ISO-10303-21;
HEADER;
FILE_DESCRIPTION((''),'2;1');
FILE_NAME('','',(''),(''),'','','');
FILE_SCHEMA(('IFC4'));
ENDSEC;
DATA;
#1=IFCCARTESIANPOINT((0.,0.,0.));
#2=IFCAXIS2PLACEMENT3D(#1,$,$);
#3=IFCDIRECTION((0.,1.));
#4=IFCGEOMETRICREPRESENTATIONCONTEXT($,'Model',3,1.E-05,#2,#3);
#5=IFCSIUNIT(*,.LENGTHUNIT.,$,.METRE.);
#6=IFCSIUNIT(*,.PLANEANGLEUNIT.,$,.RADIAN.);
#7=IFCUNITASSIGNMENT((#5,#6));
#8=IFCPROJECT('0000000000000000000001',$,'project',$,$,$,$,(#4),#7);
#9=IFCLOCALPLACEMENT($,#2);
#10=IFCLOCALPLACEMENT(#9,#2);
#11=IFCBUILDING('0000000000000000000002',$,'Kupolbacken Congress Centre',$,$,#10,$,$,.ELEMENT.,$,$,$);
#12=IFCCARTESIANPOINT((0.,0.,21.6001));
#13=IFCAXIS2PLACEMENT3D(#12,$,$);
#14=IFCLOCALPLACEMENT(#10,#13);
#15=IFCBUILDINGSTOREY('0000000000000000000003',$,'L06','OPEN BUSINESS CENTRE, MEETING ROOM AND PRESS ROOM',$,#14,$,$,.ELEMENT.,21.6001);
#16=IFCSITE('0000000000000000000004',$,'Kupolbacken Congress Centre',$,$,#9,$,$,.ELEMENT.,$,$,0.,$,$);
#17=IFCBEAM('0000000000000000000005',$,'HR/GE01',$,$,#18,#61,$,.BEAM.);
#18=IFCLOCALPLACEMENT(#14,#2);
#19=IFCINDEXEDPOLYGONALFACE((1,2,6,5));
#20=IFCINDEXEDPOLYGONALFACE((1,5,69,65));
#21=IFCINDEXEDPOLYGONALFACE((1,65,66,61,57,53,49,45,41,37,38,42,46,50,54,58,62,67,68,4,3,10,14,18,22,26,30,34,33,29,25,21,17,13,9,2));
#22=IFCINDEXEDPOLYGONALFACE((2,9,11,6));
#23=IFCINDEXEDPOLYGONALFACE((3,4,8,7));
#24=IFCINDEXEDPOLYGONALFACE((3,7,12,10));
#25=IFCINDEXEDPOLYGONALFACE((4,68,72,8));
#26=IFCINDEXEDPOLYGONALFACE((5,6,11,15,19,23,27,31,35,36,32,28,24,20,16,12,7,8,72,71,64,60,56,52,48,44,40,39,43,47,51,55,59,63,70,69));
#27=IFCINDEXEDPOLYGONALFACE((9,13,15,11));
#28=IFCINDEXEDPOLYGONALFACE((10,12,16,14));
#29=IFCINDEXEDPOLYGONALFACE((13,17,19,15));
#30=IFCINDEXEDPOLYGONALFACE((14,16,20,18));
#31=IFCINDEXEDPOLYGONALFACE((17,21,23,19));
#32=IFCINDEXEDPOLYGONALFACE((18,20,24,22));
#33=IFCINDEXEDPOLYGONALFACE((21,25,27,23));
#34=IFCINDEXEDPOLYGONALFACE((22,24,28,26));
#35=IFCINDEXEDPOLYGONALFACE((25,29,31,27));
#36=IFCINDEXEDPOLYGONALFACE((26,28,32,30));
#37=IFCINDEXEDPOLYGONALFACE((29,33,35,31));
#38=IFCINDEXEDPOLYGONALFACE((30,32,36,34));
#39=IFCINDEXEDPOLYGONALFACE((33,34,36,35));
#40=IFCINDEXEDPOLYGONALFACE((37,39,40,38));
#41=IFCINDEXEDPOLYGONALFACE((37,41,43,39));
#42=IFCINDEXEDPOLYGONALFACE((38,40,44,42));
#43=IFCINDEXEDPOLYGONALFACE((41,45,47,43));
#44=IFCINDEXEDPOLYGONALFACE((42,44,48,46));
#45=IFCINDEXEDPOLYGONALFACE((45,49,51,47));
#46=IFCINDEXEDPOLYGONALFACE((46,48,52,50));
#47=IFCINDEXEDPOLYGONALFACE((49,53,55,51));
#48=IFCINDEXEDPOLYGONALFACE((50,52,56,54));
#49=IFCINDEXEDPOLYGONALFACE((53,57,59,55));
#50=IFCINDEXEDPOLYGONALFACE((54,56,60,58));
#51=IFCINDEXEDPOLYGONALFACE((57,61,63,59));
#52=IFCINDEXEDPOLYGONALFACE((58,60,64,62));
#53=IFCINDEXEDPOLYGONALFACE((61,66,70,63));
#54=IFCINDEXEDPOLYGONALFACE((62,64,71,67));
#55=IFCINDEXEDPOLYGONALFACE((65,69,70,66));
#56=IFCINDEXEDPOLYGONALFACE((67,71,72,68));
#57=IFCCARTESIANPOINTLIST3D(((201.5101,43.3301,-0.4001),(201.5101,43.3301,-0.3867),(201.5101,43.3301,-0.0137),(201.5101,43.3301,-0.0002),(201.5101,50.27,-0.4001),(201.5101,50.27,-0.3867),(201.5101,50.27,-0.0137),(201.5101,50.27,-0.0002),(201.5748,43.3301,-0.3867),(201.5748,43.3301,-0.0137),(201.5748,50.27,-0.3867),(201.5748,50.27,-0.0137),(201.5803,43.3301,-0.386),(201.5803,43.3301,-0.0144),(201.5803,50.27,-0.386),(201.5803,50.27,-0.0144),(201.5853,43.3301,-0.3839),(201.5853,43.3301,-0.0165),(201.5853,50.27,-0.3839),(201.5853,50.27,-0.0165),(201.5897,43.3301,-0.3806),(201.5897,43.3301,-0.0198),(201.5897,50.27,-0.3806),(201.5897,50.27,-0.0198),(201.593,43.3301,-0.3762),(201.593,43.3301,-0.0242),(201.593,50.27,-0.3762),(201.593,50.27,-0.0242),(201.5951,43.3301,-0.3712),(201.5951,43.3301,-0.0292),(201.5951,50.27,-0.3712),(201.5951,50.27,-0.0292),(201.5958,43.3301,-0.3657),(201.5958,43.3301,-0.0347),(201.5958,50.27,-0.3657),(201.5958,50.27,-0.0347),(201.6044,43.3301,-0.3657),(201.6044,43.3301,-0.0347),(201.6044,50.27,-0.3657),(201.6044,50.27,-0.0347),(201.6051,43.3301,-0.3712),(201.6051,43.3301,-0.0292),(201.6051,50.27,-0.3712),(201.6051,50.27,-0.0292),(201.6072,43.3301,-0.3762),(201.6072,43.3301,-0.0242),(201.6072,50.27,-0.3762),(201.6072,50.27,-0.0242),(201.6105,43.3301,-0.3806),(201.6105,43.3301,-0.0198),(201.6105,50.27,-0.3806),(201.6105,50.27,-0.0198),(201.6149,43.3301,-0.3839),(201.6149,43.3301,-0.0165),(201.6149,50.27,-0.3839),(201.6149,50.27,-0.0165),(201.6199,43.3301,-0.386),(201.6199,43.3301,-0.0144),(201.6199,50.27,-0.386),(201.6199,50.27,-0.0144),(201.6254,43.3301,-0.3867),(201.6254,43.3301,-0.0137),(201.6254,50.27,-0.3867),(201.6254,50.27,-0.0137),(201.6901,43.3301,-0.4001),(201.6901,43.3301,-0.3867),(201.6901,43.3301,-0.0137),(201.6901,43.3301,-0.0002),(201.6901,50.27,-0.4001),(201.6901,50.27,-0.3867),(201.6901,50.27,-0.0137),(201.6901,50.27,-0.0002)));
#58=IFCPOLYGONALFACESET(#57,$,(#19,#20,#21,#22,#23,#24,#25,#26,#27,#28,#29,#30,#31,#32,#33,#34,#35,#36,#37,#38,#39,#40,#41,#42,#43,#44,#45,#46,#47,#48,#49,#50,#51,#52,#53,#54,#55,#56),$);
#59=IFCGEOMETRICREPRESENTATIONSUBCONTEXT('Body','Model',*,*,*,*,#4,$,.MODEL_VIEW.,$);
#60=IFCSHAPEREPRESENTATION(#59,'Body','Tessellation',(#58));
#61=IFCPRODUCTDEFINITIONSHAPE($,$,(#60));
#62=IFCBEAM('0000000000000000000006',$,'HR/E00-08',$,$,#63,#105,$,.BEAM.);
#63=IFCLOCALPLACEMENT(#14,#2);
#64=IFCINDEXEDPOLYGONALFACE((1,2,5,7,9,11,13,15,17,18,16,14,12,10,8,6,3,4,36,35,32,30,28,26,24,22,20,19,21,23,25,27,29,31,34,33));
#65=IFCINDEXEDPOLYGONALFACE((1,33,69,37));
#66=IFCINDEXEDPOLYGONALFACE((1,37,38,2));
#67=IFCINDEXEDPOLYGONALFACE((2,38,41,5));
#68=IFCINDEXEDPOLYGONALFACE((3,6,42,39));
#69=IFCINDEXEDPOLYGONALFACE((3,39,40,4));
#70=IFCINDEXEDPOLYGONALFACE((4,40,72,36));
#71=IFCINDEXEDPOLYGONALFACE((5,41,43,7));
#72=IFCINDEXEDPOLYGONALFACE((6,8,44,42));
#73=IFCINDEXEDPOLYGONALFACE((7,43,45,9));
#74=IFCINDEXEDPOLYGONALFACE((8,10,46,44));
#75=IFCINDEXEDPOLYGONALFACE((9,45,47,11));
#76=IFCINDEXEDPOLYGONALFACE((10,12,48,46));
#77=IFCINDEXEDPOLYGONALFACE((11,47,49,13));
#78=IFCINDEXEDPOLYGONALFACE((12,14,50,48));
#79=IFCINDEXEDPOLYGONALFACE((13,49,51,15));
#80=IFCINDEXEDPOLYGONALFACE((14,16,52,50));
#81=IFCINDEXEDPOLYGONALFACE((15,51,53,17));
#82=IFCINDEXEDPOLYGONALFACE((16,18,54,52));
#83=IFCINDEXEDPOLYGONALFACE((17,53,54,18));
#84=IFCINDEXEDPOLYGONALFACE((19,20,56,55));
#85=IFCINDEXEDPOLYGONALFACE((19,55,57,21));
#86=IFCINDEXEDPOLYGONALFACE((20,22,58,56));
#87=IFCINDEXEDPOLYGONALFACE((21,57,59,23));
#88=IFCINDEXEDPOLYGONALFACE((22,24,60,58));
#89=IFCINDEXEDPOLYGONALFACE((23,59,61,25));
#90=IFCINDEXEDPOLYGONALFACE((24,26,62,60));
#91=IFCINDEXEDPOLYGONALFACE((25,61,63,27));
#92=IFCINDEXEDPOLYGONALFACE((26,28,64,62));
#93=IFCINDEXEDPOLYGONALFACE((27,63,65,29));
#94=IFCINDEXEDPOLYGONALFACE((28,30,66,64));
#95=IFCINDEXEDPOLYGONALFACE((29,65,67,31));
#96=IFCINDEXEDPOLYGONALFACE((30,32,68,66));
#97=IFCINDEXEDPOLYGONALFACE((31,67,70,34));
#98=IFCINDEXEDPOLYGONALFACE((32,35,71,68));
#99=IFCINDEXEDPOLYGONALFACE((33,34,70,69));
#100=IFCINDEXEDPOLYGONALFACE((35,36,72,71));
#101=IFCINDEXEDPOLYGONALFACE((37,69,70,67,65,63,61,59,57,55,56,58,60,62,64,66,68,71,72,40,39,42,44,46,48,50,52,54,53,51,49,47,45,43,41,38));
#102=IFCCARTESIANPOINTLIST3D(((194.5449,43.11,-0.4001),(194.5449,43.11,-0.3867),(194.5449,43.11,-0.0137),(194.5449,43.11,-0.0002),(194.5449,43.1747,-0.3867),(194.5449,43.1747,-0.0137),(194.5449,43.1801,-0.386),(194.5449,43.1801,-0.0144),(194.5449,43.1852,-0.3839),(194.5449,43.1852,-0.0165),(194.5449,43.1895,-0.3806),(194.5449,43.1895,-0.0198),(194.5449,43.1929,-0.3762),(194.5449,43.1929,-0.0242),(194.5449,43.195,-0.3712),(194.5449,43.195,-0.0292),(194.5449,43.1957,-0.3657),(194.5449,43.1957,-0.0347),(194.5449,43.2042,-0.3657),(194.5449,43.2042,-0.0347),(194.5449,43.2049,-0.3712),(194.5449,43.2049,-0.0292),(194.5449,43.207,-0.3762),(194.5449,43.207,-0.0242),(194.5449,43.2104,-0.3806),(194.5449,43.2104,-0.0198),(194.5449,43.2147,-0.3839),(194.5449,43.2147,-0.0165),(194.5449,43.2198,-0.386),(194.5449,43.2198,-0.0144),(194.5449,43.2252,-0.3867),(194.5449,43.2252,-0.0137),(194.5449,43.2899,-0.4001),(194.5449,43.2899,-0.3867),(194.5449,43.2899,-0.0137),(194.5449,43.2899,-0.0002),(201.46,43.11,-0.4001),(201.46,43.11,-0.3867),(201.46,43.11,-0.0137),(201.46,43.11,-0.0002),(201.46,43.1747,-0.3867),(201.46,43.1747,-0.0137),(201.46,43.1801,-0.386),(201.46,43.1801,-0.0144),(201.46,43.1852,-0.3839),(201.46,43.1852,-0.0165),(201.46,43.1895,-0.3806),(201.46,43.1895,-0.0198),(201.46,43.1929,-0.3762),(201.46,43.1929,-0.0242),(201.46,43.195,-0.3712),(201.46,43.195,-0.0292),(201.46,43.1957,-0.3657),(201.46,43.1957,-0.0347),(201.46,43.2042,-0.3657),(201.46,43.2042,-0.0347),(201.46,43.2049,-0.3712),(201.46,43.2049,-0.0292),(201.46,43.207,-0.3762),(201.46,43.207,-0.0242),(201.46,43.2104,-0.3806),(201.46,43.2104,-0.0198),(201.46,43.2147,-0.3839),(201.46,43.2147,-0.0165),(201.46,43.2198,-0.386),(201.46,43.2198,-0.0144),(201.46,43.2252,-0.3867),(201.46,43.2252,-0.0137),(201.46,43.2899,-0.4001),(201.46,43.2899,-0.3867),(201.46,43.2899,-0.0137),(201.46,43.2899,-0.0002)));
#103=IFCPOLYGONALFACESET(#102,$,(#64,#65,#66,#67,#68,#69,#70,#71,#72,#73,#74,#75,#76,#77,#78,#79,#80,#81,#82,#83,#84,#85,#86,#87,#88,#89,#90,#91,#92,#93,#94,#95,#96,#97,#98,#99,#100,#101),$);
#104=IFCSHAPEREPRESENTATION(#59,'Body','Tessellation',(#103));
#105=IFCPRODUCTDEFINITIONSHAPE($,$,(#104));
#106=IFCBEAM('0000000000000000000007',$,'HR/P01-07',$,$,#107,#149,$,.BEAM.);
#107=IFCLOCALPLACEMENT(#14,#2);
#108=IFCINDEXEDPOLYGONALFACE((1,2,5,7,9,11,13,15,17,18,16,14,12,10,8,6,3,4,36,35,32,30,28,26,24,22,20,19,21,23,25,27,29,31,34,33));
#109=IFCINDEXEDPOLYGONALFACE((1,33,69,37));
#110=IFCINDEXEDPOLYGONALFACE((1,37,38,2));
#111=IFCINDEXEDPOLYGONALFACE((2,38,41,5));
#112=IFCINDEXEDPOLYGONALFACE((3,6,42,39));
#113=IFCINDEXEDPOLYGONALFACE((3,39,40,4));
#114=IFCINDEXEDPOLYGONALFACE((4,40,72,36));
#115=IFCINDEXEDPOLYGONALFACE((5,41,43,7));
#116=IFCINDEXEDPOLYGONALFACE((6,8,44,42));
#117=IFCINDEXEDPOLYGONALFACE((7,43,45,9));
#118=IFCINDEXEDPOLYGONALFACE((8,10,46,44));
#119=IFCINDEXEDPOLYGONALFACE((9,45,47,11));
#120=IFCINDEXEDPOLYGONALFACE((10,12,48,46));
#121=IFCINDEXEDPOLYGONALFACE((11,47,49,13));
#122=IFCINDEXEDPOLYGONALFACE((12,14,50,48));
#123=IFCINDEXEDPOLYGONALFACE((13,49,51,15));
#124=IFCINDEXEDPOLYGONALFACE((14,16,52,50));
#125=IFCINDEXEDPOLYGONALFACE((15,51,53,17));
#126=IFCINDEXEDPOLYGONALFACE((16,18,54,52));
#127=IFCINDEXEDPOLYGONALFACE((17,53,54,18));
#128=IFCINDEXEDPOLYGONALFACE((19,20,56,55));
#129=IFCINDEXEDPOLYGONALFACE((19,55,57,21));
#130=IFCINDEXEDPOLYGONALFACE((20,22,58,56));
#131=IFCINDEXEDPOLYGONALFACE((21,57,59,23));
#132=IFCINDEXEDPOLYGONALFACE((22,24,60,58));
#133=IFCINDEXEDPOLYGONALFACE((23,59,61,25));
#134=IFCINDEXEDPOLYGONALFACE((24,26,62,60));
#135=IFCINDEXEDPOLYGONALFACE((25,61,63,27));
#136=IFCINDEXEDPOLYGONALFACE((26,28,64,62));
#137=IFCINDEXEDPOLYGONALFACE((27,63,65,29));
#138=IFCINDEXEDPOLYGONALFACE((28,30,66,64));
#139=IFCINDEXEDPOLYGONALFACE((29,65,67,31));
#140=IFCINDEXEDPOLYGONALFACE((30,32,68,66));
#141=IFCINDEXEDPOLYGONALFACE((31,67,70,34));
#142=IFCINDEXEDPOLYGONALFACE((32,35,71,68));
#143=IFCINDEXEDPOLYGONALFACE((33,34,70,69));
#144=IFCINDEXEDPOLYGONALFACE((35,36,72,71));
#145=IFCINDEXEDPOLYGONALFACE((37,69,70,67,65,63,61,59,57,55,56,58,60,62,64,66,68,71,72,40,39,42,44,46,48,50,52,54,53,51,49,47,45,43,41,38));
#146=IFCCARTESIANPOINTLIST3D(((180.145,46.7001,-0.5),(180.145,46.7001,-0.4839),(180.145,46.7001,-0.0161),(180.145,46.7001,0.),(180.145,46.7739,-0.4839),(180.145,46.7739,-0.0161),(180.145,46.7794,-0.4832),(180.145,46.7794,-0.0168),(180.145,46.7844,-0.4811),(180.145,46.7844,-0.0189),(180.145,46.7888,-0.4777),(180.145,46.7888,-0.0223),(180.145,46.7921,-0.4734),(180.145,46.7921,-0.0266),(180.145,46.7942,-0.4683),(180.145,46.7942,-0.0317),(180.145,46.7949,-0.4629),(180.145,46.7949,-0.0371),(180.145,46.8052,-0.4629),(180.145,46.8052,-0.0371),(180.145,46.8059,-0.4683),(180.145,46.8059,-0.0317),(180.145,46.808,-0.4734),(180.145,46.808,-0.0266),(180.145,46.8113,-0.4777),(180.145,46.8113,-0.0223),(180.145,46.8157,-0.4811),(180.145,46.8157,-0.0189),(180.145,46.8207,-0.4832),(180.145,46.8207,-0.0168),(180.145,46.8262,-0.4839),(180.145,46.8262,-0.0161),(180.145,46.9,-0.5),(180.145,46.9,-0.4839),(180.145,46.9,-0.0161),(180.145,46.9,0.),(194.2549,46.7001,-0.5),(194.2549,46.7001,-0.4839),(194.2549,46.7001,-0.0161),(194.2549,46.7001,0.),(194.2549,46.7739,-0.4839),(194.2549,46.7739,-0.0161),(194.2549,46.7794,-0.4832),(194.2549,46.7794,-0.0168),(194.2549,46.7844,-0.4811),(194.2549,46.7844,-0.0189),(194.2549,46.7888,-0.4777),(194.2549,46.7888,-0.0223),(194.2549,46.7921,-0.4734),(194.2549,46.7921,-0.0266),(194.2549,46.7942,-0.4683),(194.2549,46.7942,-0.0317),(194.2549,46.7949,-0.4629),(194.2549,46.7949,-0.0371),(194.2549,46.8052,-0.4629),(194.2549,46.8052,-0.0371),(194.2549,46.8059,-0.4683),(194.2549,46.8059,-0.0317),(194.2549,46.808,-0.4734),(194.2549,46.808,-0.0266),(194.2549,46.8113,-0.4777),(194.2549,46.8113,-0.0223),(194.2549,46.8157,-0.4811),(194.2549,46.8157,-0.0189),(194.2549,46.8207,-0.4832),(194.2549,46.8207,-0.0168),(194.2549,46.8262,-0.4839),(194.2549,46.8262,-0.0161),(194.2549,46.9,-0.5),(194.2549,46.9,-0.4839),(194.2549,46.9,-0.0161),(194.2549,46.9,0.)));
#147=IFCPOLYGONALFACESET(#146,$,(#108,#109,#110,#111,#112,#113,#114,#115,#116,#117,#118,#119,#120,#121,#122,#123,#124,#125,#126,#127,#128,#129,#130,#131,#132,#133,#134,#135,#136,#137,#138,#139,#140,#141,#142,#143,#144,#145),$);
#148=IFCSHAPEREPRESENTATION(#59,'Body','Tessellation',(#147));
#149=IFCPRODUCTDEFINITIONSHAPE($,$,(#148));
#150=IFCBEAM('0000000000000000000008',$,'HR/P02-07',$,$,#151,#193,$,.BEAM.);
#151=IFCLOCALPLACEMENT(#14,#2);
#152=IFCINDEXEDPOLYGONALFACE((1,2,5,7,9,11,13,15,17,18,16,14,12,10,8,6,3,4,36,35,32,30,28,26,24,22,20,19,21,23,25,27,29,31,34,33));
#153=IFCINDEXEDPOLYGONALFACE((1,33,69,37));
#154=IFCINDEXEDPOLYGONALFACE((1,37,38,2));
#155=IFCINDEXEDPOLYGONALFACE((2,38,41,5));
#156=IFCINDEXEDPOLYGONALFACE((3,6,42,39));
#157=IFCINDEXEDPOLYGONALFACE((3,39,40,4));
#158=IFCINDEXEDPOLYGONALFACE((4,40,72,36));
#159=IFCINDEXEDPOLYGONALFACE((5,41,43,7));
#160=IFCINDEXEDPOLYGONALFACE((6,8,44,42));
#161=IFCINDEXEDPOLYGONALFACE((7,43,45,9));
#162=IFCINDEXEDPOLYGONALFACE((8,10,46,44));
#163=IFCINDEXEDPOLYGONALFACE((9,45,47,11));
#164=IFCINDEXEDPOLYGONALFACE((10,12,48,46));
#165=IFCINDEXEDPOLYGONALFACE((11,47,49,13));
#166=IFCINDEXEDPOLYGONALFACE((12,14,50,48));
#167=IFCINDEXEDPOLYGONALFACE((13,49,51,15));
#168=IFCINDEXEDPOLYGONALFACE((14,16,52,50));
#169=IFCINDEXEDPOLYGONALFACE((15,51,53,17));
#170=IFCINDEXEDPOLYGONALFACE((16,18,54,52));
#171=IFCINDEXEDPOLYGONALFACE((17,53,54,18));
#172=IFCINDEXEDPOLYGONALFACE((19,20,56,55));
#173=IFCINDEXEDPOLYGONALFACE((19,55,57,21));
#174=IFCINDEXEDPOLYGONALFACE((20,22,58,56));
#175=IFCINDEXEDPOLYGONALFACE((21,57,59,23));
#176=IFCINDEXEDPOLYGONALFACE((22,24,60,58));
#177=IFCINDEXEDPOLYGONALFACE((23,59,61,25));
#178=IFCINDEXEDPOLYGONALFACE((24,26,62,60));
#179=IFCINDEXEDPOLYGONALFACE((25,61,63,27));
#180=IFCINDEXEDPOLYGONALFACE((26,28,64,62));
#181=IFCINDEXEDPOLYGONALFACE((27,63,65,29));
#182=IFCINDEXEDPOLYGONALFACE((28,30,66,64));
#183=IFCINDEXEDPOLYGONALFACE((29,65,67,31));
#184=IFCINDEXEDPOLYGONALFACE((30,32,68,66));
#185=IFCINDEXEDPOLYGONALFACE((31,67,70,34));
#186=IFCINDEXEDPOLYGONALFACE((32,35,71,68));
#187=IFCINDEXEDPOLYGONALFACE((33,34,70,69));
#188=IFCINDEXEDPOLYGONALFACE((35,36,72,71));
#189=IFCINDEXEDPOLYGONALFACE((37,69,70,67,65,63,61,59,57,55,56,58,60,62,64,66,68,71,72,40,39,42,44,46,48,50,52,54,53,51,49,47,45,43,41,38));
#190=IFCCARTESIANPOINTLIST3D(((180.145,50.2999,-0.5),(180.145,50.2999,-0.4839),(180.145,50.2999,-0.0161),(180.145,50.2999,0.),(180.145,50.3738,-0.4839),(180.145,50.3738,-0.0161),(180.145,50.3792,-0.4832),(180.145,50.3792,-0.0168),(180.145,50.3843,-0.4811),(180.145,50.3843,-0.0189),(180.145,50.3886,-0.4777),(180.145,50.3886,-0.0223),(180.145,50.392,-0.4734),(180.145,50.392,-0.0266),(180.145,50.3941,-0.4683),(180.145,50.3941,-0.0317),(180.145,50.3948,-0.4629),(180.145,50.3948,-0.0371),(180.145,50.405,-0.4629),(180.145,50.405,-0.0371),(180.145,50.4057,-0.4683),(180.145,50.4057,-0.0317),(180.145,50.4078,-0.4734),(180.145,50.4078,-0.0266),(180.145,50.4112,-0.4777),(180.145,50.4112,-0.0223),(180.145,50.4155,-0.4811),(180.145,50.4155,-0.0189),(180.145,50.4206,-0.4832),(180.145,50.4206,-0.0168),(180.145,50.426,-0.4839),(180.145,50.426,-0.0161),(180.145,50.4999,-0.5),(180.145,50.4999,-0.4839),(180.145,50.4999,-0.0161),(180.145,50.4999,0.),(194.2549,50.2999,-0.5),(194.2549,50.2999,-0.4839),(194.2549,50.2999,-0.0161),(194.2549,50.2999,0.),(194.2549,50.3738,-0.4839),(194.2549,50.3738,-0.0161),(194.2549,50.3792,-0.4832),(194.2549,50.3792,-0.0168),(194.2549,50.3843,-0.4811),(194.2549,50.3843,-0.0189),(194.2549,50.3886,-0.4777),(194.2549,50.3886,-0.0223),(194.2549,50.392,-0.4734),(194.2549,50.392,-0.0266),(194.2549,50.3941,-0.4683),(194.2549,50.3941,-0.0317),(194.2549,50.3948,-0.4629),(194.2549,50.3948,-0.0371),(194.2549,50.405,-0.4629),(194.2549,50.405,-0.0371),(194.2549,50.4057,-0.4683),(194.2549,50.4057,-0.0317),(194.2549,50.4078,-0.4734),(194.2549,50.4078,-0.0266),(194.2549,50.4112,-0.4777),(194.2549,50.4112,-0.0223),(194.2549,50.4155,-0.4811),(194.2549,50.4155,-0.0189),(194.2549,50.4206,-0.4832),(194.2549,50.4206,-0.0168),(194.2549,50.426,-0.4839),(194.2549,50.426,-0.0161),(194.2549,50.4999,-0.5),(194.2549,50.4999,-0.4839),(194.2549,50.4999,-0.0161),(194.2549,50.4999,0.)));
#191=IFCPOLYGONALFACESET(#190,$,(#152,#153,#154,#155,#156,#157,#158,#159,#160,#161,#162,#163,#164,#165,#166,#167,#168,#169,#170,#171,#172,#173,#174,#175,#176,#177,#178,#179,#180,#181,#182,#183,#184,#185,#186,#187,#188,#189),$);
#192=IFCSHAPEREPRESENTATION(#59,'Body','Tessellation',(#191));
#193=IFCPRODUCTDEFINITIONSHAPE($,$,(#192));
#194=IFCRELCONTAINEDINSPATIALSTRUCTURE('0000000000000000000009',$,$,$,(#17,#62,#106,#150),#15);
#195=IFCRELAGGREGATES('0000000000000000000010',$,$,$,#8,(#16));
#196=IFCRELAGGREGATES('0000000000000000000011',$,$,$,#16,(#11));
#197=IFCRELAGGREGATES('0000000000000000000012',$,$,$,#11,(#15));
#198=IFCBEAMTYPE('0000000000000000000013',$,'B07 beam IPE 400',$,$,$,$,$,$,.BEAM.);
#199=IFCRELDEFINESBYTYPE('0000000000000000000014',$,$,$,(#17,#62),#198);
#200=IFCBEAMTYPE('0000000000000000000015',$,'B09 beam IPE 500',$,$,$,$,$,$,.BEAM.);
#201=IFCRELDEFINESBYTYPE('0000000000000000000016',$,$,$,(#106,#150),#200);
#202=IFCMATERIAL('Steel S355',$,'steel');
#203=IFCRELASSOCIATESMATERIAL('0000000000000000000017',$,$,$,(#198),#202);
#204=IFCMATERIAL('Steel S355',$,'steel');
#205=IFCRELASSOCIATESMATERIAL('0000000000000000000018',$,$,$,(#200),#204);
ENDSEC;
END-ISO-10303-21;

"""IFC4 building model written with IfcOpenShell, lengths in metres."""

from ifc_helpers import new_model, si_unit, direction, frame, origin, origin_2d, place, context, subcontext, project, spatial, i_section, extrude, material, material_profile, profile_set, type_object, element, save


model = new_model("IFC4")

# Units and contexts
model_context = context("Model", 3, precision=1e-05, world=origin(), true_north=direction((0.0, 1.0)))
body_context = subcontext(model_context, "Body", "Model", "MODEL_VIEW")
ifc_project = project(units=[si_unit("LENGTHUNIT", "METRE"), si_unit("PLANEANGLEUNIT", "RADIAN")], contexts=[model_context])

# Site, building, storey
site_placement = place(None, origin())
site = spatial("IfcSite", under=ifc_project, at=site_placement, Name="Kupolbacken Congress Centre", CompositionType="ELEMENT", RefElevation=0.0)
building_placement = place(site_placement, origin())
building = spatial("IfcBuilding", under=site, at=building_placement, Name="Kupolbacken Congress Centre", CompositionType="ELEMENT")
storey_placement = place(building_placement, frame((0.0, 0.0, 21.6001)))
storey = spatial("IfcBuildingStorey", under=building, at=storey_placement, Name="L06", Description="OPEN BUSINESS CENTRE, MEETING ROOM AND PRESS ROOM", CompositionType="ELEMENT", Elevation=21.6001)

# Beams
ifc_material_1 = material(Name="Steel S355", Category="steel")
ifc_material_profile_1 = material_profile(ifc_material_1, i_section(OverallWidth=0.1799, OverallDepth=0.3999, WebThickness=0.0085, FlangeThickness=0.0134, FilletRadius=0.021, at=origin_2d()), Name="IPE 400")
ifc_profile_set_1 = profile_set([ifc_material_profile_1], Name="Steel S355")
beam_type_1 = type_object("IfcBeamType", Name="B07 beam IPE 400", PredefinedType="BEAM", material=ifc_profile_set_1)
beam_1_placement = place(storey_placement, frame((201.6001, 43.3301, -0.2002), z_axis=(0.0, 1.0, 0.0), x_axis=(-1.0, 0.0, 0.0)))
element("IfcBeam", 1, at=beam_1_placement, inside=storey, type_object=beam_type_1, Name="HR/GE01", PredefinedType="BEAM", context=body_context, shape_type="SweptSolid", body=[
    extrude(i_section(OverallWidth=0.1799, OverallDepth=0.3999, WebThickness=0.0085, FlangeThickness=0.0134, FilletRadius=0.021, at=origin_2d()), origin(), (0.0, 0.0, 1.0), 6.9399),
])
beam_2_placement = place(storey_placement, frame((194.5449, 43.2, -0.2002), z_axis=(1.0, 0.0, 0.0), x_axis=(0.0, 1.0, 0.0)))
element("IfcBeam", 2, at=beam_2_placement, inside=storey, type_object=beam_type_1, Name="HR/E00-08", PredefinedType="BEAM", context=body_context, shape_type="SweptSolid", body=[
    extrude(i_section(OverallWidth=0.1799, OverallDepth=0.3999, WebThickness=0.0085, FlangeThickness=0.0134, FilletRadius=0.021, at=origin_2d()), origin(), (0.0, 0.0, 1.0), 6.915),
])
ifc_material_2 = material(Name="Steel S355", Category="steel")
ifc_material_profile_2 = material_profile(ifc_material_2, i_section(OverallWidth=0.2, OverallDepth=0.5, WebThickness=0.0103, FlangeThickness=0.0161, FilletRadius=0.021, at=origin_2d()), Name="IPE 500")
ifc_profile_set_2 = profile_set([ifc_material_profile_2], Name="Steel S355")
beam_type_2 = type_object("IfcBeamType", Name="B09 beam IPE 500", PredefinedType="BEAM", material=ifc_profile_set_2)
for number, where, z_axis, x_axis, name in (
    (3, (180.145, 46.8, -0.25), (1.0, 0.0, 0.0), (0.0, 1.0, 0.0), "HR/P01-07"),
    (4, (180.145, 50.3999, -0.25), (1.0, 0.0, 0.0), (0.0, 1.0, 0.0), "HR/P02-07"),
):
    element("IfcBeam", number, at=place(storey_placement, frame(where, z_axis=z_axis, x_axis=x_axis)), inside=storey, type_object=beam_type_2, Name=name, PredefinedType="BEAM", context=body_context, shape_type="SweptSolid", body=[
        extrude(i_section(OverallWidth=0.2, OverallDepth=0.5, WebThickness=0.0103, FlangeThickness=0.0161, FilletRadius=0.021, at=origin_2d()), origin(), (0.0, 0.0, 1.0), 14.1099),
    ])

save(model, "model.ifc")
